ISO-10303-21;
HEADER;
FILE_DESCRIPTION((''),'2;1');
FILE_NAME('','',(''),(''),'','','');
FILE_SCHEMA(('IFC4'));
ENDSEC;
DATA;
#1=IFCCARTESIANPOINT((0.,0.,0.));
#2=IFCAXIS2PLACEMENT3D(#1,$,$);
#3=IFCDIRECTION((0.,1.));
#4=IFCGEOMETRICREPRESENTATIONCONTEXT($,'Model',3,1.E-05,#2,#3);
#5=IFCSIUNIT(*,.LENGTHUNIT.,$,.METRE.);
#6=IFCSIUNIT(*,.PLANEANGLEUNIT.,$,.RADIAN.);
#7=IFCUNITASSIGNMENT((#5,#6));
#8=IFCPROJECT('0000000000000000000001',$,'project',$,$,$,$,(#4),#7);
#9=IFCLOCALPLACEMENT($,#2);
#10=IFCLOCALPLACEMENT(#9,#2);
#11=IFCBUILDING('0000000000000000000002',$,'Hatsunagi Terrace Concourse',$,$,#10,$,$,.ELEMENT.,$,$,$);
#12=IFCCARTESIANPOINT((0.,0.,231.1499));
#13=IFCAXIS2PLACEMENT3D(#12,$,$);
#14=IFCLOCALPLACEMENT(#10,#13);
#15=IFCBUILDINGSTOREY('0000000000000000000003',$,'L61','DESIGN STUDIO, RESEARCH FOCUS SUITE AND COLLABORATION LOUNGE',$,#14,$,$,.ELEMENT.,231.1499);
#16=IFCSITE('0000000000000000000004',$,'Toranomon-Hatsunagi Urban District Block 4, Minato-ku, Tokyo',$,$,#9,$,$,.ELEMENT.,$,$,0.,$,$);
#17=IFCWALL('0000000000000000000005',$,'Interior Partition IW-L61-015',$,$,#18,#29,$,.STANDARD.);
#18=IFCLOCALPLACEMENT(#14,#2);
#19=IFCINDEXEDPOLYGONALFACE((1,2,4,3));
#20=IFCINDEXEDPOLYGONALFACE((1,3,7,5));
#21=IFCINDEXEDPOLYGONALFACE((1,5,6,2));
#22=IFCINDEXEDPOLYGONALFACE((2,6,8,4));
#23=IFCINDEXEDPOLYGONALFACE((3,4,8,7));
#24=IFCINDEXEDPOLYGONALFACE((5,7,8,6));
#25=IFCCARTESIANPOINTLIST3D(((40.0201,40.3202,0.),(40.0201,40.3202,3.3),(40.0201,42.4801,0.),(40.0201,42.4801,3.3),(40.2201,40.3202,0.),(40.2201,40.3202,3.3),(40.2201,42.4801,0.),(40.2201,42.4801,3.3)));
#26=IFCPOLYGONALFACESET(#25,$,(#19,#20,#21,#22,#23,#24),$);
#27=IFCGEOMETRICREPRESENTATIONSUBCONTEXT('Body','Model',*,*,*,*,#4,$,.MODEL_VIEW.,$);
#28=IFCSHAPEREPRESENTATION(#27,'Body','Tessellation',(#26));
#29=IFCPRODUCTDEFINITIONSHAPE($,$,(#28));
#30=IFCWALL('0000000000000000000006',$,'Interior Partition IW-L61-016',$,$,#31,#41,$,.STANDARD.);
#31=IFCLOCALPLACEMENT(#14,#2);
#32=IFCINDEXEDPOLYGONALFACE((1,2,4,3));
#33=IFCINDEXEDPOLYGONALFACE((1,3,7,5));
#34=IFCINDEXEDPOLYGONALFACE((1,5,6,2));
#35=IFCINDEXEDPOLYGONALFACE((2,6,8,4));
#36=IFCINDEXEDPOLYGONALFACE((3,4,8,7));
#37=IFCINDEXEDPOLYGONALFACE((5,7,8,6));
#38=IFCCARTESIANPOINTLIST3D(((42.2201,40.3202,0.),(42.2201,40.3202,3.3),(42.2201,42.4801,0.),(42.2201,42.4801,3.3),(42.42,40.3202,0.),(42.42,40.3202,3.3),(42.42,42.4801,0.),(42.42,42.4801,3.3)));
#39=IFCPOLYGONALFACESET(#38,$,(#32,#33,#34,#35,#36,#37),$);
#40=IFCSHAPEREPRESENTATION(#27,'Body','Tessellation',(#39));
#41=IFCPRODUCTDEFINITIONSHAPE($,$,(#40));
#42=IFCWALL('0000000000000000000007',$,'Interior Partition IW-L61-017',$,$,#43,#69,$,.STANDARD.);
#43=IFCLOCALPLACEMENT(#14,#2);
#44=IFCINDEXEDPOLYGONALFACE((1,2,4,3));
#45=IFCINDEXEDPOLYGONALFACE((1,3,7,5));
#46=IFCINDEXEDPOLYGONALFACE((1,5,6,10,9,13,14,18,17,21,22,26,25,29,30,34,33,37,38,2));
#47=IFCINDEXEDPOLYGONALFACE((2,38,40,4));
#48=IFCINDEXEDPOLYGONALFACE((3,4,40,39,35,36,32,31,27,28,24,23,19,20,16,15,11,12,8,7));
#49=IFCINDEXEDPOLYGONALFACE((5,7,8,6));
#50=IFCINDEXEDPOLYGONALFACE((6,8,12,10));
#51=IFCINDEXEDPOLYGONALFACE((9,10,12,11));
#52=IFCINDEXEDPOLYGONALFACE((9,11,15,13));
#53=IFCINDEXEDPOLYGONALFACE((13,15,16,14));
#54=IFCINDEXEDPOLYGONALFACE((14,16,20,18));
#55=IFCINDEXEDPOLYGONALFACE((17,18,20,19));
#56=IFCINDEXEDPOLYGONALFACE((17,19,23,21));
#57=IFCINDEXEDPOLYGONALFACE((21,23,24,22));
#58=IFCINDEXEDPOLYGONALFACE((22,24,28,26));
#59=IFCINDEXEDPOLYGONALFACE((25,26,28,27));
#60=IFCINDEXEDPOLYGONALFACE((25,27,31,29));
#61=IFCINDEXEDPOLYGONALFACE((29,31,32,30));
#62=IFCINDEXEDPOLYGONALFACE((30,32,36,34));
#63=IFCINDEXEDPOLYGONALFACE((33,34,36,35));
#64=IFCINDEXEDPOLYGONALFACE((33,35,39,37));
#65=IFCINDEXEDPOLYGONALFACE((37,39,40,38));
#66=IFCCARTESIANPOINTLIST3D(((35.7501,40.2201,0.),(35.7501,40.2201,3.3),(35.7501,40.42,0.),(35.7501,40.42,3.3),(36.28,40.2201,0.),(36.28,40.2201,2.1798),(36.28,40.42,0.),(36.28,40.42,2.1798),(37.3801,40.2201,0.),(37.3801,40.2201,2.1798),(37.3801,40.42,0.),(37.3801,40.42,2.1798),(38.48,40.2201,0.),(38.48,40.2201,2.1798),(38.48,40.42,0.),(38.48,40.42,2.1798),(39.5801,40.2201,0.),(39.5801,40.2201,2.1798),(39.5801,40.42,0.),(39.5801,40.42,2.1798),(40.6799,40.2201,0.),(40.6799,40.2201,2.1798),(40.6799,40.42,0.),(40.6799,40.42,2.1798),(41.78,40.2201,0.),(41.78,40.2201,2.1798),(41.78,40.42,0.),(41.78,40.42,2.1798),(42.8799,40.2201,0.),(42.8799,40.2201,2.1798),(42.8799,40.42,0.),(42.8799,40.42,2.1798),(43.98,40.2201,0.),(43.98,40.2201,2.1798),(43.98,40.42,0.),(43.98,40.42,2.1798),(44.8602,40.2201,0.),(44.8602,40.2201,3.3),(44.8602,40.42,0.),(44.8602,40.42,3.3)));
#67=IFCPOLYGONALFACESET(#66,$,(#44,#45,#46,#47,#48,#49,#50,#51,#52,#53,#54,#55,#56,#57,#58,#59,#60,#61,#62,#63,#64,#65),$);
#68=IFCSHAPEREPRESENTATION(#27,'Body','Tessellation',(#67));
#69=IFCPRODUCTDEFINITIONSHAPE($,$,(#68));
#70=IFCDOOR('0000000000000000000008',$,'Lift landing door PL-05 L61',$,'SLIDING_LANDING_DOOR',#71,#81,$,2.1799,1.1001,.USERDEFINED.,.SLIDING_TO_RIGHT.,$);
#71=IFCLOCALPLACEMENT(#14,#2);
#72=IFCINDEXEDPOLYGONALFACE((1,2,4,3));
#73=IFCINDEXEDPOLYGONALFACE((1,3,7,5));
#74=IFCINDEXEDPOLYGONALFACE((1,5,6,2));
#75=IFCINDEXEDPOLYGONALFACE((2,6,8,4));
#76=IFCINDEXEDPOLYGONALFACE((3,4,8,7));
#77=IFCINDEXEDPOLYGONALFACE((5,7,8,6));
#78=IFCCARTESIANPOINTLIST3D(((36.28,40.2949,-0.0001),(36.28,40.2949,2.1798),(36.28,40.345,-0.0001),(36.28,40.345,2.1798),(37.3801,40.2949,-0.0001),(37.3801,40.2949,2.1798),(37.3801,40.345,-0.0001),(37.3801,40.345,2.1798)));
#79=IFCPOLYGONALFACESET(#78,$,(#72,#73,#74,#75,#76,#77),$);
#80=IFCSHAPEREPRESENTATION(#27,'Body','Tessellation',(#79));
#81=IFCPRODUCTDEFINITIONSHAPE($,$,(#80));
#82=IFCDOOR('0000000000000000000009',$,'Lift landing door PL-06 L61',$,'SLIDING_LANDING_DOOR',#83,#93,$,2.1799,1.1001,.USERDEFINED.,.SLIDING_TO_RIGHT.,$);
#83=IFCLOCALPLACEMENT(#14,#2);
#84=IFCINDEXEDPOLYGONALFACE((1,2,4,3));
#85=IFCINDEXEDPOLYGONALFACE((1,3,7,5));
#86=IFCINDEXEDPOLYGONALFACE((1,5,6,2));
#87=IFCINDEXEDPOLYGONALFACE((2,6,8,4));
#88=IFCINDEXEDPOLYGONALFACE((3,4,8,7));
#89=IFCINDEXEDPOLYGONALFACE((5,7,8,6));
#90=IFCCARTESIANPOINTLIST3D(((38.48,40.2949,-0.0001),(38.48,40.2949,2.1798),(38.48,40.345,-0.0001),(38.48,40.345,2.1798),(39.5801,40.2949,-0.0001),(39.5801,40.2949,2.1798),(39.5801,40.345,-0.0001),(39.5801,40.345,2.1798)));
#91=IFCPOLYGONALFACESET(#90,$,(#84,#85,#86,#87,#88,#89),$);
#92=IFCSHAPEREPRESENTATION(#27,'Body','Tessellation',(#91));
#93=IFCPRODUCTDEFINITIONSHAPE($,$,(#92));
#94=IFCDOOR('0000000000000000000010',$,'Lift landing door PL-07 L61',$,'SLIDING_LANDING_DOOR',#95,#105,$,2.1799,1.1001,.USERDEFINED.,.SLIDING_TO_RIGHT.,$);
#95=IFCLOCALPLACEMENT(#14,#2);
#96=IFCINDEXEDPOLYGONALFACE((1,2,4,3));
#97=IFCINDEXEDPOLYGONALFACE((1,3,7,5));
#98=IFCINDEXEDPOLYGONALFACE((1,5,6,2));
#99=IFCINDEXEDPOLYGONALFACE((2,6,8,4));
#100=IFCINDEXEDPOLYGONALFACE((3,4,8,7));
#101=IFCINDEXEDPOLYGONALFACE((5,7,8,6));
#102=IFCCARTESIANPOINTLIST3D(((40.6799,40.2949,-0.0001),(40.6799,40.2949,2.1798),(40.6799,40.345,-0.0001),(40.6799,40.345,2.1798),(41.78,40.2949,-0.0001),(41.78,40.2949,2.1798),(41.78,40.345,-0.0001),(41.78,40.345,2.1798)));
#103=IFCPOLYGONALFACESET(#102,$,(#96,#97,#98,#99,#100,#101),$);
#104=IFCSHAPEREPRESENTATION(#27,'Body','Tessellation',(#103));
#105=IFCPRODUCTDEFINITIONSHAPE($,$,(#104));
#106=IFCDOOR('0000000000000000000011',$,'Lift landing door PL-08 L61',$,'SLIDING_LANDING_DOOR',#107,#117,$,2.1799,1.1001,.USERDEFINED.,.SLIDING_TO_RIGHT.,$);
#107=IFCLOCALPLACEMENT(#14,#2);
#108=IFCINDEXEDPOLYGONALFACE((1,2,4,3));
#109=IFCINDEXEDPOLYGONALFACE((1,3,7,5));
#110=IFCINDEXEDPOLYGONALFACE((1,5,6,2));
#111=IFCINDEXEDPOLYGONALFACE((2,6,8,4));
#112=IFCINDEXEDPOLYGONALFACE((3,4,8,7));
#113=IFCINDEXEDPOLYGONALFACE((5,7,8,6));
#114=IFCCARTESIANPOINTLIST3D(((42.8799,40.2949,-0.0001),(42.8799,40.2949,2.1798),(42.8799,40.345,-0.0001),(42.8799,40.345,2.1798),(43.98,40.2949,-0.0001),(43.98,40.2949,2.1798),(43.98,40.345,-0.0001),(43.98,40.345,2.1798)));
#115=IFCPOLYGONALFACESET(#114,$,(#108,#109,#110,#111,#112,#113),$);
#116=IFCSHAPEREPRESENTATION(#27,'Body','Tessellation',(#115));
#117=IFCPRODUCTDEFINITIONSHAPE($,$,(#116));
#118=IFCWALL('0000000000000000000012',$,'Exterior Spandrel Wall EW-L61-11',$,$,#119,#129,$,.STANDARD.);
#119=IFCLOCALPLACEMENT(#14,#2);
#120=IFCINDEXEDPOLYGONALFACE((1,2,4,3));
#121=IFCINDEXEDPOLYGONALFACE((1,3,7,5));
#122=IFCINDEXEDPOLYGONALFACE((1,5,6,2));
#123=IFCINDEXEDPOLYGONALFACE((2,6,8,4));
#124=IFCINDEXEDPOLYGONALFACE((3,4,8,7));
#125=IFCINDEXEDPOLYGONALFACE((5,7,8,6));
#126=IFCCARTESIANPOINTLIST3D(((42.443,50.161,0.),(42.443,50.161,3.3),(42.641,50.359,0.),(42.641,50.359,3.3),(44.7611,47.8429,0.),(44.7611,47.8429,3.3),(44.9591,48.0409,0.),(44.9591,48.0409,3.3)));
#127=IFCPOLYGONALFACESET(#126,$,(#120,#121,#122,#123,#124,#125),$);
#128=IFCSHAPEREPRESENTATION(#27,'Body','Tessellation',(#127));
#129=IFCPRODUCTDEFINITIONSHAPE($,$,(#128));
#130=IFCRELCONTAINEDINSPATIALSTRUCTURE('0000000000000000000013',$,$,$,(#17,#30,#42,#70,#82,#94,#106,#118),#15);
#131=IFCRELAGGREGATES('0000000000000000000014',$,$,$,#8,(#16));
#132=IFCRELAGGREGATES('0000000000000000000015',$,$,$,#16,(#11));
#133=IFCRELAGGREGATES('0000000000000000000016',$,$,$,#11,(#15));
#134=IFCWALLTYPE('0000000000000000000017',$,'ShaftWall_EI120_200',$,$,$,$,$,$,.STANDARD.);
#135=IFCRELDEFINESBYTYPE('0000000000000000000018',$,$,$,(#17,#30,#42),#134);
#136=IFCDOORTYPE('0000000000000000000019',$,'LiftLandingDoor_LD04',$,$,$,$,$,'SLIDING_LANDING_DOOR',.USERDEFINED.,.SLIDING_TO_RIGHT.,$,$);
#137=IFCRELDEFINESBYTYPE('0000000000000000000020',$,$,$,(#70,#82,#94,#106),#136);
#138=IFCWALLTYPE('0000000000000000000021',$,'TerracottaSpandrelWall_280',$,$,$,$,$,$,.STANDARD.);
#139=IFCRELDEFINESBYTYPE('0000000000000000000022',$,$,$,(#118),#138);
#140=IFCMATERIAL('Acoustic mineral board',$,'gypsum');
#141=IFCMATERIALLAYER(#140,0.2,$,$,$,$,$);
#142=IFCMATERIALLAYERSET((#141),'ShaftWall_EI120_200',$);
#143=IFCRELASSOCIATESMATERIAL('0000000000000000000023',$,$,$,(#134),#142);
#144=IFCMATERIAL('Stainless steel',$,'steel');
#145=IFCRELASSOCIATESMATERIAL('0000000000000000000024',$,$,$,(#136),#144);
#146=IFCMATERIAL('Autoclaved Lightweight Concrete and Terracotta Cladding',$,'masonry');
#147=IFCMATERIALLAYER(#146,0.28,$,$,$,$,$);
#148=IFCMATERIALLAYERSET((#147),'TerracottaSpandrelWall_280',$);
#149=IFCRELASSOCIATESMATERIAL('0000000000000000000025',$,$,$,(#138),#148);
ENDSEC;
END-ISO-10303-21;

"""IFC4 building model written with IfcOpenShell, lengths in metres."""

from ifc_helpers import new_model, si_unit, direction, frame, frame_2d, origin, place, context, subcontext, project, spatial, rectangle, extrude, material, layer, layer_set, type_object, element, fill, save


model = new_model("IFC4")

# Units and contexts
model_context = context("Model", 3, precision=1e-05, world=origin(), true_north=direction((0.0, 1.0)))
body_context = subcontext(model_context, "Body", "Model", "MODEL_VIEW")
ifc_project = project(units=[si_unit("LENGTHUNIT", "METRE"), si_unit("PLANEANGLEUNIT", "RADIAN")], contexts=[model_context])

# Site, building, storey
site_placement = place(None, origin())
site = spatial("IfcSite", under=ifc_project, at=site_placement, Name="Toranomon-Hatsunagi Urban District Block 4, Minato-ku, Tokyo", CompositionType="ELEMENT", RefElevation=0.0)
building_placement = place(site_placement, origin())
building = spatial("IfcBuilding", under=site, at=building_placement, Name="Hatsunagi Terrace Concourse", CompositionType="ELEMENT")
storey_placement = place(building_placement, frame((0.0, 0.0, 231.1499)))
storey = spatial("IfcBuildingStorey", under=building, at=storey_placement, Name="L61", Description="DESIGN STUDIO, RESEARCH FOCUS SUITE AND COLLABORATION LOUNGE", CompositionType="ELEMENT", Elevation=231.1499)

# Walls
ifc_material_1 = material(Name="Acoustic mineral board", Category="gypsum")
ifc_layer_1 = layer(ifc_material_1, 0.2)
ifc_layer_set_1 = layer_set([ifc_layer_1], Name="ShaftWall_EI120_200")
wall_type_1 = type_object("IfcWallType", Name="ShaftWall_EI120_200", PredefinedType="STANDARD", material=ifc_layer_set_1)
for number, where, z_axis, x_axis, name in (
    (1, (40.1201, 40.3201, 0.0), (0.0, 0.0, 1.0), (0.0, 1.0, 0.0), "Interior Partition IW-L61-015"),
    (2, (42.3201, 40.3201, 0.0), (0.0, 0.0, 1.0), (0.0, 1.0, 0.0), "Interior Partition IW-L61-016"),
):
    element("IfcWall", number, at=place(storey_placement, frame(where, z_axis=z_axis, x_axis=x_axis)), inside=storey, type_object=wall_type_1, Name=name, PredefinedType="STANDARD", context=body_context, shape_type="SweptSolid", body=[
        extrude(rectangle(XDim=2.1599, YDim=0.2, at=frame_2d((1.0801, 0.0))), origin(), (0.0, 0.0, 1.0), 3.3),
    ])

# Wall, openings, doors
wall_1_placement = place(storey_placement, frame((35.75, 40.3201, 0.0), z_axis=(0.0, 0.0, 1.0), x_axis=(1.0, 0.0, 0.0)))
wall_1 = element("IfcWall", 3, at=wall_1_placement, inside=storey, type_object=wall_type_1, Name="Interior Partition IW-L61-017", PredefinedType="STANDARD", context=body_context, shape_type="SweptSolid", body=[
    extrude(rectangle(XDim=9.1101, YDim=0.2, at=frame_2d((4.5552, 0.0))), origin(), (0.0, 0.0, 1.0), 3.3),
])
opening_1_placement = place(wall_1_placement, frame((0.53, 0.0, 0.0)))
opening_1 = element("IfcOpeningElement", 4, at=opening_1_placement, cuts=wall_1, PredefinedType="OPENING", context=body_context, shape_type="SweptSolid", body=[
    extrude(rectangle(XDim=1.1001, YDim=2.1799, at=frame_2d((0.55, 1.0898))), frame((0.0, 0.1099, 0.0), z_axis=(0.0, -1.0, 0.0), x_axis=(1.0, 0.0, 0.0)), (0.0, 0.0, 1.0), 0.22),
])
opening_2_placement = place(wall_1_placement, frame((2.73, 0.0, 0.0)))
opening_2 = element("IfcOpeningElement", 5, at=opening_2_placement, cuts=wall_1, PredefinedType="OPENING", context=body_context, shape_type="SweptSolid", body=[
    extrude(rectangle(XDim=1.1001, YDim=2.1799, at=frame_2d((0.55, 1.0898))), frame((0.0, 0.1099, 0.0), z_axis=(0.0, -1.0, 0.0), x_axis=(1.0, 0.0, 0.0)), (0.0, 0.0, 1.0), 0.22),
])
opening_3_placement = place(wall_1_placement, frame((4.9299, 0.0, 0.0)))
opening_3 = element("IfcOpeningElement", 6, at=opening_3_placement, cuts=wall_1, PredefinedType="OPENING", context=body_context, shape_type="SweptSolid", body=[
    extrude(rectangle(XDim=1.1001, YDim=2.1799, at=frame_2d((0.55, 1.0898))), frame((0.0, 0.1099, 0.0), z_axis=(0.0, -1.0, 0.0), x_axis=(1.0, 0.0, 0.0)), (0.0, 0.0, 1.0), 0.22),
])
opening_4_placement = place(wall_1_placement, frame((7.1299, 0.0, 0.0)))
opening_4 = element("IfcOpeningElement", 7, at=opening_4_placement, cuts=wall_1, PredefinedType="OPENING", context=body_context, shape_type="SweptSolid", body=[
    extrude(rectangle(XDim=1.1001, YDim=2.1799, at=frame_2d((0.55, 1.0898))), frame((0.0, 0.1099, 0.0), z_axis=(0.0, -1.0, 0.0), x_axis=(1.0, 0.0, 0.0)), (0.0, 0.0, 1.0), 0.22),
])
ifc_material_2 = material(Name="Stainless steel", Category="steel")
door_type_1 = type_object("IfcDoorType", Name="LiftLandingDoor_LD04", ElementType="SLIDING_LANDING_DOOR", OperationType="SLIDING_TO_RIGHT", PredefinedType="USERDEFINED", material=ifc_material_2)
door_1_placement = place(opening_1_placement, origin())
door_1 = element("IfcDoor", 8, at=door_1_placement, inside=storey, type_object=door_type_1, Name="Lift landing door PL-05 L61", ObjectType="SLIDING_LANDING_DOOR", OperationType="SLIDING_TO_RIGHT", OverallHeight=2.1799, OverallWidth=1.1001, PredefinedType="USERDEFINED", context=body_context, shape_type="SweptSolid", body=[
    extrude(rectangle(XDim=1.1001, YDim=2.1799, at=frame_2d((0.55, 1.0898))), frame((0.0, 0.0249, 0.0), z_axis=(0.0, -1.0, 0.0), x_axis=(1.0, 0.0, 0.0)), (0.0, 0.0, 1.0), 0.05),
])
fill(opening_1, door_1)
door_2_placement = place(opening_2_placement, origin())
door_2 = element("IfcDoor", 9, at=door_2_placement, inside=storey, type_object=door_type_1, Name="Lift landing door PL-06 L61", ObjectType="SLIDING_LANDING_DOOR", OperationType="SLIDING_TO_RIGHT", OverallHeight=2.1799, OverallWidth=1.1001, PredefinedType="USERDEFINED", context=body_context, shape_type="SweptSolid", body=[
    extrude(rectangle(XDim=1.1001, YDim=2.1799, at=frame_2d((0.55, 1.0898))), frame((0.0, 0.0249, 0.0), z_axis=(0.0, -1.0, 0.0), x_axis=(1.0, 0.0, 0.0)), (0.0, 0.0, 1.0), 0.05),
])
fill(opening_2, door_2)
door_3_placement = place(opening_3_placement, origin())
door_3 = element("IfcDoor", 10, at=door_3_placement, inside=storey, type_object=door_type_1, Name="Lift landing door PL-07 L61", ObjectType="SLIDING_LANDING_DOOR", OperationType="SLIDING_TO_RIGHT", OverallHeight=2.1799, OverallWidth=1.1001, PredefinedType="USERDEFINED", context=body_context, shape_type="SweptSolid", body=[
    extrude(rectangle(XDim=1.1001, YDim=2.1799, at=frame_2d((0.55, 1.0898))), frame((0.0, 0.0249, 0.0), z_axis=(0.0, -1.0, 0.0), x_axis=(1.0, 0.0, 0.0)), (0.0, 0.0, 1.0), 0.05),
])
fill(opening_3, door_3)
door_4_placement = place(opening_4_placement, origin())
door_4 = element("IfcDoor", 11, at=door_4_placement, inside=storey, type_object=door_type_1, Name="Lift landing door PL-08 L61", ObjectType="SLIDING_LANDING_DOOR", OperationType="SLIDING_TO_RIGHT", OverallHeight=2.1799, OverallWidth=1.1001, PredefinedType="USERDEFINED", context=body_context, shape_type="SweptSolid", body=[
    extrude(rectangle(XDim=1.1001, YDim=2.1799, at=frame_2d((0.55, 1.0898))), frame((0.0, 0.0249, 0.0), z_axis=(0.0, -1.0, 0.0), x_axis=(1.0, 0.0, 0.0)), (0.0, 0.0, 1.0), 0.05),
])
fill(opening_4, door_4)

# Wall
ifc_material_3 = material(Name="Autoclaved Lightweight Concrete and Terracotta Cladding", Category="masonry")
ifc_layer_2 = layer(ifc_material_3, 0.28)
ifc_layer_set_2 = layer_set([ifc_layer_2], Name="TerracottaSpandrelWall_280")
wall_type_2 = type_object("IfcWallType", Name="TerracottaSpandrelWall_280", PredefinedType="STANDARD", material=ifc_layer_set_2)
wall_2_placement = place(storey_placement, frame((42.542, 50.26, 0.0), z_axis=(0.0, 0.0, 1.0), x_axis=(0.707107, -0.707107, 0.0)))
element("IfcWall", 12, at=wall_2_placement, inside=storey, type_object=wall_type_2, Name="Exterior Spandrel Wall EW-L61-11", PredefinedType="STANDARD", context=body_context, shape_type="SweptSolid", body=[
    extrude(rectangle(XDim=3.2783, YDim=0.28, at=frame_2d((1.6392, 0.0))), origin(), (0.0, 0.0, 1.0), 3.3),
])

save(model, "model.ifc")
